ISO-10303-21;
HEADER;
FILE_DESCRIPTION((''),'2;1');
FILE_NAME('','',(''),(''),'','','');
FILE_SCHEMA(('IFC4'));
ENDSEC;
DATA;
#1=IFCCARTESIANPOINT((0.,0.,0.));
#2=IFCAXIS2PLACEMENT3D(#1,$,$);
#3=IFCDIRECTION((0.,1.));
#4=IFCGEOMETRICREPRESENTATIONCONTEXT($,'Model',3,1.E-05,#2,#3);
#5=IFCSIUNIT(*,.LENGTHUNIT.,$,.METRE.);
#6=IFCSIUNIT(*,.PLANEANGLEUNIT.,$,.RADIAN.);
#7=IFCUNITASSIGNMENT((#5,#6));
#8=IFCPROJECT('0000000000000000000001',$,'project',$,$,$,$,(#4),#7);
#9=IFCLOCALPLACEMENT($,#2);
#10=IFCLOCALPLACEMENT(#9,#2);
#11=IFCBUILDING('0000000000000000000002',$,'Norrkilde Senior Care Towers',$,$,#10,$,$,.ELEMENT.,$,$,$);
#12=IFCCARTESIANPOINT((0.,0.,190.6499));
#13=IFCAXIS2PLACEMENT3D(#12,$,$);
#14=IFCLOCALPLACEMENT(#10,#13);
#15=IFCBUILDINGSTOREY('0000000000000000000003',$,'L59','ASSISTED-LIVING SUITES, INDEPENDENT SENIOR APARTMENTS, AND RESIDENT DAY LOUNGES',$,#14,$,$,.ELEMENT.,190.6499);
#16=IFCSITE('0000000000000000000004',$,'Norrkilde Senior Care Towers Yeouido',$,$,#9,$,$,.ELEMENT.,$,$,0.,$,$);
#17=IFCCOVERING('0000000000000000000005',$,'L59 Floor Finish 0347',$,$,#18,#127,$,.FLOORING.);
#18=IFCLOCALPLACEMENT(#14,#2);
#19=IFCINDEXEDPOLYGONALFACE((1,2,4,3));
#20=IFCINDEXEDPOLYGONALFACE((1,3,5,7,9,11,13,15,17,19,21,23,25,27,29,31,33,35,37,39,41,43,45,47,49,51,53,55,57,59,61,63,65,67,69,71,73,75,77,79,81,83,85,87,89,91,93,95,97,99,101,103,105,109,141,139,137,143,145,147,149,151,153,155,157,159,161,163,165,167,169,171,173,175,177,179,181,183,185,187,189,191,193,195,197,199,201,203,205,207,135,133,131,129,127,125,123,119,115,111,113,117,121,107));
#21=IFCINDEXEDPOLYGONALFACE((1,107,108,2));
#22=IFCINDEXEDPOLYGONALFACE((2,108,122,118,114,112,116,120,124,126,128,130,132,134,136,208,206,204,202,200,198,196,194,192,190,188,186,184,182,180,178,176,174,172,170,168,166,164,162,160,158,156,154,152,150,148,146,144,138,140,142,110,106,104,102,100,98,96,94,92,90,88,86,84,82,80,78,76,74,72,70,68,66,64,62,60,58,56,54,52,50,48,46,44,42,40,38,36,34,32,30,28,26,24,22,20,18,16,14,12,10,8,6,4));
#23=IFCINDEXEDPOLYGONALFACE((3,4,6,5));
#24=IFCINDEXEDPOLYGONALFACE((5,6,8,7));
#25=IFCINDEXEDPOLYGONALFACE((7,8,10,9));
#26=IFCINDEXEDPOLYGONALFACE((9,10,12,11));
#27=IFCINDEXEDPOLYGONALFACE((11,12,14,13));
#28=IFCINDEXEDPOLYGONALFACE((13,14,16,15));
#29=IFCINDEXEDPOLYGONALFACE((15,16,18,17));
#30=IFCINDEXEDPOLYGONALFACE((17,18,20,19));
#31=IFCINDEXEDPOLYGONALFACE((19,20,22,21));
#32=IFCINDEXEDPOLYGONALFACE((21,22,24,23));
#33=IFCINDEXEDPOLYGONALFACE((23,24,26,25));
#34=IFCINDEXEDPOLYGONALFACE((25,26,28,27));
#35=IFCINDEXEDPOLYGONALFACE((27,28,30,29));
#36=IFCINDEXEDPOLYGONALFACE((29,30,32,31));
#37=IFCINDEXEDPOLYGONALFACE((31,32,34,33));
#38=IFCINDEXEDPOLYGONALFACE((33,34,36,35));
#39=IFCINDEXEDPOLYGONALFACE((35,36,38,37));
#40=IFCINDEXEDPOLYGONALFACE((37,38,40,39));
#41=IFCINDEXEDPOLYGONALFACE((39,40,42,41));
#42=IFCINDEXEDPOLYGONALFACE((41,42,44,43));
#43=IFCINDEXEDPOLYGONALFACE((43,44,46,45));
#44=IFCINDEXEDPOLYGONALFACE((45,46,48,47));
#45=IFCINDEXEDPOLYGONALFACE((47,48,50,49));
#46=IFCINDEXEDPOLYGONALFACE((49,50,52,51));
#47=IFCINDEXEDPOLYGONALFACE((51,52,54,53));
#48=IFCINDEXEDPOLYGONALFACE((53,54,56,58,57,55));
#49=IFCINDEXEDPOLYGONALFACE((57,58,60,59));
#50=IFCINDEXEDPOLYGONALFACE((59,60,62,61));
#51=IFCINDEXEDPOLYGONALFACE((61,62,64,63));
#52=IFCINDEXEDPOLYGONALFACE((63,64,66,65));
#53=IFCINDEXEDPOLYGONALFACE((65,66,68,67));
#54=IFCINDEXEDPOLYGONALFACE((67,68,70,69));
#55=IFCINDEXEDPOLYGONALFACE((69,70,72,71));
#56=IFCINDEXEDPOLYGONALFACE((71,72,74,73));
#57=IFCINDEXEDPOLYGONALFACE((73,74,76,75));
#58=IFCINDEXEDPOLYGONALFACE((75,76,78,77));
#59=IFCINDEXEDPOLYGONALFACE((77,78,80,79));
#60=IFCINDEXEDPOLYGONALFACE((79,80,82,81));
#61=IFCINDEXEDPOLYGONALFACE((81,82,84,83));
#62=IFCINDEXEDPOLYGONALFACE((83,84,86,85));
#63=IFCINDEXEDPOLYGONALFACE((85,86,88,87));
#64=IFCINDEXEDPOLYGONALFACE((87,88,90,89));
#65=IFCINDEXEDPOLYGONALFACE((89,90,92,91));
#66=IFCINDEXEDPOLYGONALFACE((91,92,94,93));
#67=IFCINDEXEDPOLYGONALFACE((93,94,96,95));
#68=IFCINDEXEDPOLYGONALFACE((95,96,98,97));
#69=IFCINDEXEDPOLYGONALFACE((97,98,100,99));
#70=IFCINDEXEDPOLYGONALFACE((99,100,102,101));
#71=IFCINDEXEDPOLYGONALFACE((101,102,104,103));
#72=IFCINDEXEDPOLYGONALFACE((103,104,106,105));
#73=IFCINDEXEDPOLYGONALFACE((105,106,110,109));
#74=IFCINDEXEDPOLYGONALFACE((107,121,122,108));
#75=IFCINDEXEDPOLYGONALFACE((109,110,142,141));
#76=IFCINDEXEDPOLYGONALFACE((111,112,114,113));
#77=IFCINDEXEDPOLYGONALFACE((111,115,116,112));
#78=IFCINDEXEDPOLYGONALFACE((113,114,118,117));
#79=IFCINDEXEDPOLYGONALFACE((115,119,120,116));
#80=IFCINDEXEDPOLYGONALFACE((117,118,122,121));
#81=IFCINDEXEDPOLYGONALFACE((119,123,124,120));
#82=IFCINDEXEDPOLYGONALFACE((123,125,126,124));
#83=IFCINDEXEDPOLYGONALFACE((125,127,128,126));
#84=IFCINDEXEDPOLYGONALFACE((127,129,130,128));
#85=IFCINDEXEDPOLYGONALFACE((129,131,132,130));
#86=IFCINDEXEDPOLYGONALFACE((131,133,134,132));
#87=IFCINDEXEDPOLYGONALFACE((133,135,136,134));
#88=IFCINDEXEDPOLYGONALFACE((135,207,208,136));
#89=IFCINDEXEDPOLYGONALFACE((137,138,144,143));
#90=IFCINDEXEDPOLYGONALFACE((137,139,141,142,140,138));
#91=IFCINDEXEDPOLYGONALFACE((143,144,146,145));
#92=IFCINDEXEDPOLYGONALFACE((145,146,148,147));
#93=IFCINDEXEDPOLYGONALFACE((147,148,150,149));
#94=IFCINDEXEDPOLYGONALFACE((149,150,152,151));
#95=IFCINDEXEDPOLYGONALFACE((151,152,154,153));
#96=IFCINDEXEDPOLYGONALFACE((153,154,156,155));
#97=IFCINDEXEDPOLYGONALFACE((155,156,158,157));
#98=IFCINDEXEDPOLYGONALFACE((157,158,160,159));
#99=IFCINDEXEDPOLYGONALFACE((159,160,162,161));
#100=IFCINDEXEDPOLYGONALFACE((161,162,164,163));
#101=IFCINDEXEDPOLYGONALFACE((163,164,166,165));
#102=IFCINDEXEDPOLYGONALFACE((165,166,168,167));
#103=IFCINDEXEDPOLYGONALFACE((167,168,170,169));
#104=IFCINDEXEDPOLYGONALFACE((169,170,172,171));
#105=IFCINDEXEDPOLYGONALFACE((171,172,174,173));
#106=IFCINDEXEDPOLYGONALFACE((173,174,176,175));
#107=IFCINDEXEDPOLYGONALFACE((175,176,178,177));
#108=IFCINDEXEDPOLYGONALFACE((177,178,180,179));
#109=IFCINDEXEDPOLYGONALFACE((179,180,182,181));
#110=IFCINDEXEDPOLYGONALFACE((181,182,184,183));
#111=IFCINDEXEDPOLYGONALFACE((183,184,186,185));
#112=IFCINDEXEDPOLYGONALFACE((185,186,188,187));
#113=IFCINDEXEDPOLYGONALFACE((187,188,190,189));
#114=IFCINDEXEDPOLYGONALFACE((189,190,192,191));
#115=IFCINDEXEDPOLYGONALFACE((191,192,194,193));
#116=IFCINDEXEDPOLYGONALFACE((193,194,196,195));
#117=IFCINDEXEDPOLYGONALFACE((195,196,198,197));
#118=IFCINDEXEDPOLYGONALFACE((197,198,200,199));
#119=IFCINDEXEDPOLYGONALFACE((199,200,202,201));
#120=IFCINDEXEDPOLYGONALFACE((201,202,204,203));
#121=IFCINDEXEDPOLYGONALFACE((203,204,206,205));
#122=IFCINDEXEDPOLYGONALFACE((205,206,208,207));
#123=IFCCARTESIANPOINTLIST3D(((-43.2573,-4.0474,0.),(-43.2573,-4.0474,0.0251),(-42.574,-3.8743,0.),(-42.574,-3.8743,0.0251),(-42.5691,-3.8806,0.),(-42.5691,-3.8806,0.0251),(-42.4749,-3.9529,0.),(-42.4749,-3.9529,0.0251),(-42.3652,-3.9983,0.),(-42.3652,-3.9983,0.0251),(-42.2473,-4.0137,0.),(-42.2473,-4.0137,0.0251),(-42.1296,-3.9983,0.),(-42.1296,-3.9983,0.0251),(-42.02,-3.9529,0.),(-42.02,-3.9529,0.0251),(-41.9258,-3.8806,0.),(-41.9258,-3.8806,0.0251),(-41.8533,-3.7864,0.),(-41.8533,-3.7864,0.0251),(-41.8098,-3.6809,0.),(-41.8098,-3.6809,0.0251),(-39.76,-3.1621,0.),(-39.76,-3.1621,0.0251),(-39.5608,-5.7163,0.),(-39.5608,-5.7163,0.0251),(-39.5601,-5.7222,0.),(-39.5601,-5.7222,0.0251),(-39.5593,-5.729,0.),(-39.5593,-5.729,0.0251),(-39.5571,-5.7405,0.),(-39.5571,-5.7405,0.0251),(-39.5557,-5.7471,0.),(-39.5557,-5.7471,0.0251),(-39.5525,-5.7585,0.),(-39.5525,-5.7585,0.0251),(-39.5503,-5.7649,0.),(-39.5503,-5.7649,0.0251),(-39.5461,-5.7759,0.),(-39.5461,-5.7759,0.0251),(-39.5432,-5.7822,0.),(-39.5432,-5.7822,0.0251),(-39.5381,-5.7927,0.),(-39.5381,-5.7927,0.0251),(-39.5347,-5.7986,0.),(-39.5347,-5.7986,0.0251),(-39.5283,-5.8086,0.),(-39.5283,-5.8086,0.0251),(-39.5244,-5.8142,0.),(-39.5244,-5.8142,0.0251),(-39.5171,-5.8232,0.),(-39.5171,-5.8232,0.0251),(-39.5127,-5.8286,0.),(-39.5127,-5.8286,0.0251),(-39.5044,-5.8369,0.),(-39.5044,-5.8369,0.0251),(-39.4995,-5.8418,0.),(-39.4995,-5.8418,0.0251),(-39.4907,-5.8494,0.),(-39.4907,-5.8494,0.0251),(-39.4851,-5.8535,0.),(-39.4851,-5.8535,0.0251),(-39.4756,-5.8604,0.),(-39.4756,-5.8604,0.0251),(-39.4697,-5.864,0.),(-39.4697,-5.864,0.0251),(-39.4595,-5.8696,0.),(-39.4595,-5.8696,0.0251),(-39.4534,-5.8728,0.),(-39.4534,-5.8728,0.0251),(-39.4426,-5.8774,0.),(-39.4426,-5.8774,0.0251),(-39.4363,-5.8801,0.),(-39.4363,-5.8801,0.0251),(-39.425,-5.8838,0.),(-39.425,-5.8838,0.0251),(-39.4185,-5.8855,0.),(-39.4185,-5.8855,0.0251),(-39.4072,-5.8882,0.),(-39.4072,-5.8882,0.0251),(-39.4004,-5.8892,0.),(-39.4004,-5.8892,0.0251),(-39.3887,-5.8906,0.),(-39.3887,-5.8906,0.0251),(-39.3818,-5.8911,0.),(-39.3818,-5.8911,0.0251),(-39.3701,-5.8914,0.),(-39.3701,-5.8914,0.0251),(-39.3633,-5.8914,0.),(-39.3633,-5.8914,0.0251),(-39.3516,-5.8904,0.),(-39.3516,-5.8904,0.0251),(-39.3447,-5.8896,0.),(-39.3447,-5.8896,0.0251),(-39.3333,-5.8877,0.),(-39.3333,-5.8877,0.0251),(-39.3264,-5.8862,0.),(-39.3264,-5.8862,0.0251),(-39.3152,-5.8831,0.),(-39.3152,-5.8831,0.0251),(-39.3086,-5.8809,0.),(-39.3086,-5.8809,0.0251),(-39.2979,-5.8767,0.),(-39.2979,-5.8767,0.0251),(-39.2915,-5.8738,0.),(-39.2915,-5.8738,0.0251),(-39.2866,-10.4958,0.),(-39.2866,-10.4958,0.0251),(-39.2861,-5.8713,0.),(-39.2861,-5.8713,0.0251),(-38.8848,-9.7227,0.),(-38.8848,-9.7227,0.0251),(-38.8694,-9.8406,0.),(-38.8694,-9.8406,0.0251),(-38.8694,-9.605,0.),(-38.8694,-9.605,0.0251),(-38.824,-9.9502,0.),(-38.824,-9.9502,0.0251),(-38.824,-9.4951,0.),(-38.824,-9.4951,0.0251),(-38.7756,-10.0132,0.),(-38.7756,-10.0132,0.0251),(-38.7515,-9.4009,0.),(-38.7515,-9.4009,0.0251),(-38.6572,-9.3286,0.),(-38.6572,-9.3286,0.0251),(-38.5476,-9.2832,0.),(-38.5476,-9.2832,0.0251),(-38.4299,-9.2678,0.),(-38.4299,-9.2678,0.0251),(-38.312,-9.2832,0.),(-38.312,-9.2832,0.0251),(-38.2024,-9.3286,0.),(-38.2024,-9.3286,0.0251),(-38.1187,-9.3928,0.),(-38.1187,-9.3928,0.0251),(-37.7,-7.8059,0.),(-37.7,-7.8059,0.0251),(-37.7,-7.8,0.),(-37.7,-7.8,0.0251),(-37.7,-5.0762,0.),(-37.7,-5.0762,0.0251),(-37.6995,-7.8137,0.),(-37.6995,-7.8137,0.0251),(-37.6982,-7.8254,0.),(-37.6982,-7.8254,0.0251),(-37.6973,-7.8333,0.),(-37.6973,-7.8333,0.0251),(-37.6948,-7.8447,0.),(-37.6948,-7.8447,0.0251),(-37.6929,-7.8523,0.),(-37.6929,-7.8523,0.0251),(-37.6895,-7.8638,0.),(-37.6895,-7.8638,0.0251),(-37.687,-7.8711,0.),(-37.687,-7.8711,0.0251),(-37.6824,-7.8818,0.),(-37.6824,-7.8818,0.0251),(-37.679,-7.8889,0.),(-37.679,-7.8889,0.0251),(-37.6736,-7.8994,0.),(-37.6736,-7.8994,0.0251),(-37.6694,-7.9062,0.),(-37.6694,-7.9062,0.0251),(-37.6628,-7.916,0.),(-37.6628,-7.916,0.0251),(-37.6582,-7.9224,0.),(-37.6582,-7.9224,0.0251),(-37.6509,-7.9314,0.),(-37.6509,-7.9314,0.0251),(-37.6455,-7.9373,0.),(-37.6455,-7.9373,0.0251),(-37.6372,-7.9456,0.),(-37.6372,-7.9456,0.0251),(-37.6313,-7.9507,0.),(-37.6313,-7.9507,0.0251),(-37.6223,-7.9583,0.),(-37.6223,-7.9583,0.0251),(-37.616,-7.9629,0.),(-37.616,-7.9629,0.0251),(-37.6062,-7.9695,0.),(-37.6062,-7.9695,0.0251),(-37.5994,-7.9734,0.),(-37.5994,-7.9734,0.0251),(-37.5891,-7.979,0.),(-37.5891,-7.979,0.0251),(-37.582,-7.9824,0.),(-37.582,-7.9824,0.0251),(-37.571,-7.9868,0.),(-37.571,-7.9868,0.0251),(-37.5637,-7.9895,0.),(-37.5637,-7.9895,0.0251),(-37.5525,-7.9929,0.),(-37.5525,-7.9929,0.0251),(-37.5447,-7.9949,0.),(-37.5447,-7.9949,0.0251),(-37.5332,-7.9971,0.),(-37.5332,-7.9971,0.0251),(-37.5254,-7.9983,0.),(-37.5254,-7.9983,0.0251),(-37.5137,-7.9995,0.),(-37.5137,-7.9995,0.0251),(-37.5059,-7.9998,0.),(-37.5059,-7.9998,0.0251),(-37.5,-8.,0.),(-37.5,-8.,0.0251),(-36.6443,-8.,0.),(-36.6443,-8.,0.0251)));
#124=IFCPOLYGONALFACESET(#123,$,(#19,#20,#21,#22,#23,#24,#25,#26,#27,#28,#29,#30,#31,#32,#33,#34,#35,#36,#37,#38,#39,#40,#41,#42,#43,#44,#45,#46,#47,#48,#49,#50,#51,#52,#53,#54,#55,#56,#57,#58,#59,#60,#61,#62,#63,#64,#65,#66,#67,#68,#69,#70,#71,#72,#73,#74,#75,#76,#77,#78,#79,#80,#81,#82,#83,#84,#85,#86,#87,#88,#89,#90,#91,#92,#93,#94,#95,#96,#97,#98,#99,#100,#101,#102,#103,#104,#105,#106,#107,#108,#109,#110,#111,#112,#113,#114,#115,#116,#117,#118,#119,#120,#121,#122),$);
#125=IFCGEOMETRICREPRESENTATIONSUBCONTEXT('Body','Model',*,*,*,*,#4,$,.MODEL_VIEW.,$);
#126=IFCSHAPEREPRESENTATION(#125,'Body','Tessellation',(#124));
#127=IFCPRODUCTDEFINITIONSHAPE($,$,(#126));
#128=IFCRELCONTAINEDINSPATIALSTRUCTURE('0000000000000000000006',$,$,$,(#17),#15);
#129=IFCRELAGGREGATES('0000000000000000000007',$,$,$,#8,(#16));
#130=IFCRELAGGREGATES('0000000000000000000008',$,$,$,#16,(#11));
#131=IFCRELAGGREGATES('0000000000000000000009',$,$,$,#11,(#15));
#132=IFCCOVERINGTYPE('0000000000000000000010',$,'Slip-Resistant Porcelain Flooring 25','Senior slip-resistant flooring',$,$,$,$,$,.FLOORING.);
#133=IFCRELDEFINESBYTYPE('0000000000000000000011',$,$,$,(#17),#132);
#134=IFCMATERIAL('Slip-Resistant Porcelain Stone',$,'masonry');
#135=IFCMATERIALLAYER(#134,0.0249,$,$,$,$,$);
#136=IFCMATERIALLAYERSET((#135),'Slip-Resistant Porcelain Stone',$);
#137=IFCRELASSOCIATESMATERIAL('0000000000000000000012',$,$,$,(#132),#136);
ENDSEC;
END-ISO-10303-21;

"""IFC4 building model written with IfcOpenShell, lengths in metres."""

from ifc_helpers import new_model, si_unit, direction, frame, origin, place, context, subcontext, project, spatial, polyline, outline, extrude, material, layer, layer_set, type_object, element, save


model = new_model("IFC4")

# Units and contexts
model_context = context("Model", 3, precision=1e-05, world=origin(), true_north=direction((0.0, 1.0)))
body_context = subcontext(model_context, "Body", "Model", "MODEL_VIEW")
ifc_project = project(units=[si_unit("LENGTHUNIT", "METRE"), si_unit("PLANEANGLEUNIT", "RADIAN")], contexts=[model_context])

# Site, building, storey
site_placement = place(None, origin())
site = spatial("IfcSite", under=ifc_project, at=site_placement, Name="Norrkilde Senior Care Towers Yeouido", CompositionType="ELEMENT", RefElevation=0.0)
building_placement = place(site_placement, origin())
building = spatial("IfcBuilding", under=site, at=building_placement, Name="Norrkilde Senior Care Towers", CompositionType="ELEMENT")
storey_placement = place(building_placement, frame((0.0, 0.0, 190.6499)))
storey = spatial("IfcBuildingStorey", under=building, at=storey_placement, Name="L59", Description="ASSISTED-LIVING SUITES, INDEPENDENT SENIOR APARTMENTS, AND RESIDENT DAY LOUNGES", CompositionType="ELEMENT", Elevation=190.6499)

# Covering
ifc_material_1 = material(Name="Slip-Resistant Porcelain Stone", Category="masonry")
ifc_layer_1 = layer(ifc_material_1, 0.0249)
ifc_layer_set_1 = layer_set([ifc_layer_1], Name="Slip-Resistant Porcelain Stone")
covering_type_1 = type_object("IfcCoveringType", Name="Slip-Resistant Porcelain Flooring 25", Description="Senior slip-resistant flooring", PredefinedType="FLOORING", material=ifc_layer_set_1)
covering_1_placement = place(storey_placement, origin())
element("IfcCovering", 1, at=covering_1_placement, inside=storey, type_object=covering_type_1, Name="L59 Floor Finish 0347", PredefinedType="FLOORING", context=body_context, shape_type="SweptSolid", body=[
    extrude(outline(polyline([(-39.5557, -5.7471), (-39.5525, -5.7585), (-39.5503, -5.7649), (-39.5461, -5.7759), (-39.5432, -5.7822), (-39.5381, -5.7927), (-39.5347, -5.7986), (-39.5283, -5.8086), (-39.5244, -5.8142), (-39.5171, -5.8232), (-39.5127, -5.8286), (-39.5044, -5.8369), (-39.4995, -5.8418), (-39.4907, -5.8494), (-39.4851, -5.8535), (-39.4756, -5.8604), (-39.4697, -5.864), (-39.4595, -5.8696), (-39.4534, -5.8728), (-39.4426, -5.8774), (-39.4363, -5.8801), (-39.425, -5.8838), (-39.4185, -5.8855), (-39.4072, -5.8882), (-39.4004, -5.8892), (-39.3887, -5.8906), (-39.3818, -5.8911), (-39.3701, -5.8914), (-39.3633, -5.8914), (-39.3516, -5.8904), (-39.3447, -5.8896), (-39.3333, -5.8877), (-39.3264, -5.8862), (-39.3152, -5.8831), (-39.3086, -5.8809), (-39.2979, -5.8767), (-39.2915, -5.8738), (-39.2861, -5.8713), (-37.7, -5.0762), (-37.7, -7.8), (-37.7, -7.8059), (-37.6995, -7.8137), (-37.6982, -7.8254), (-37.6973, -7.8333), (-37.6948, -7.8447), (-37.6929, -7.8523), (-37.6895, -7.8638), (-37.687, -7.8711), (-37.6824, -7.8818), (-37.679, -7.8889), (-37.6736, -7.8994), (-37.6694, -7.9062), (-37.6628, -7.916), (-37.6582, -7.9224), (-37.6509, -7.9314), (-37.6455, -7.9373), (-37.6372, -7.9456), (-37.6313, -7.9507), (-37.6223, -7.9583), (-37.616, -7.9629), (-37.6062, -7.9695), (-37.5994, -7.9734), (-37.5891, -7.979), (-37.582, -7.9824), (-37.571, -7.9868), (-37.5637, -7.9895), (-37.5525, -7.9929), (-37.5447, -7.9949), (-37.5332, -7.9971), (-37.5254, -7.9983), (-37.5137, -7.9995), (-37.5059, -7.9998), (-37.5, -8.0), (-36.6443, -8.0), (-38.1187, -9.3928), (-38.2024, -9.3286), (-38.312, -9.2832), (-38.4299, -9.2678), (-38.5476, -9.2832), (-38.6572, -9.3286), (-38.7515, -9.4009), (-38.824, -9.4951), (-38.8694, -9.605), (-38.8848, -9.7227), (-38.8694, -9.8406), (-38.824, -9.9502), (-38.7756, -10.0132), (-39.2866, -10.4958), (-43.2573, -4.0474), (-42.574, -3.8743), (-42.5691, -3.8806), (-42.4749, -3.9529), (-42.3652, -3.9983), (-42.2473, -4.0137), (-42.1296, -3.9983), (-42.02, -3.9529), (-41.9258, -3.8806), (-41.8533, -3.7864), (-41.8098, -3.6809), (-39.76, -3.1621), (-39.5608, -5.7163), (-39.5601, -5.7222), (-39.5593, -5.729), (-39.5571, -5.7405), (-39.5557, -5.7471)])), origin(), (0.0, 0.0, 1.0), 0.0251),
])

save(model, "model.ifc")
